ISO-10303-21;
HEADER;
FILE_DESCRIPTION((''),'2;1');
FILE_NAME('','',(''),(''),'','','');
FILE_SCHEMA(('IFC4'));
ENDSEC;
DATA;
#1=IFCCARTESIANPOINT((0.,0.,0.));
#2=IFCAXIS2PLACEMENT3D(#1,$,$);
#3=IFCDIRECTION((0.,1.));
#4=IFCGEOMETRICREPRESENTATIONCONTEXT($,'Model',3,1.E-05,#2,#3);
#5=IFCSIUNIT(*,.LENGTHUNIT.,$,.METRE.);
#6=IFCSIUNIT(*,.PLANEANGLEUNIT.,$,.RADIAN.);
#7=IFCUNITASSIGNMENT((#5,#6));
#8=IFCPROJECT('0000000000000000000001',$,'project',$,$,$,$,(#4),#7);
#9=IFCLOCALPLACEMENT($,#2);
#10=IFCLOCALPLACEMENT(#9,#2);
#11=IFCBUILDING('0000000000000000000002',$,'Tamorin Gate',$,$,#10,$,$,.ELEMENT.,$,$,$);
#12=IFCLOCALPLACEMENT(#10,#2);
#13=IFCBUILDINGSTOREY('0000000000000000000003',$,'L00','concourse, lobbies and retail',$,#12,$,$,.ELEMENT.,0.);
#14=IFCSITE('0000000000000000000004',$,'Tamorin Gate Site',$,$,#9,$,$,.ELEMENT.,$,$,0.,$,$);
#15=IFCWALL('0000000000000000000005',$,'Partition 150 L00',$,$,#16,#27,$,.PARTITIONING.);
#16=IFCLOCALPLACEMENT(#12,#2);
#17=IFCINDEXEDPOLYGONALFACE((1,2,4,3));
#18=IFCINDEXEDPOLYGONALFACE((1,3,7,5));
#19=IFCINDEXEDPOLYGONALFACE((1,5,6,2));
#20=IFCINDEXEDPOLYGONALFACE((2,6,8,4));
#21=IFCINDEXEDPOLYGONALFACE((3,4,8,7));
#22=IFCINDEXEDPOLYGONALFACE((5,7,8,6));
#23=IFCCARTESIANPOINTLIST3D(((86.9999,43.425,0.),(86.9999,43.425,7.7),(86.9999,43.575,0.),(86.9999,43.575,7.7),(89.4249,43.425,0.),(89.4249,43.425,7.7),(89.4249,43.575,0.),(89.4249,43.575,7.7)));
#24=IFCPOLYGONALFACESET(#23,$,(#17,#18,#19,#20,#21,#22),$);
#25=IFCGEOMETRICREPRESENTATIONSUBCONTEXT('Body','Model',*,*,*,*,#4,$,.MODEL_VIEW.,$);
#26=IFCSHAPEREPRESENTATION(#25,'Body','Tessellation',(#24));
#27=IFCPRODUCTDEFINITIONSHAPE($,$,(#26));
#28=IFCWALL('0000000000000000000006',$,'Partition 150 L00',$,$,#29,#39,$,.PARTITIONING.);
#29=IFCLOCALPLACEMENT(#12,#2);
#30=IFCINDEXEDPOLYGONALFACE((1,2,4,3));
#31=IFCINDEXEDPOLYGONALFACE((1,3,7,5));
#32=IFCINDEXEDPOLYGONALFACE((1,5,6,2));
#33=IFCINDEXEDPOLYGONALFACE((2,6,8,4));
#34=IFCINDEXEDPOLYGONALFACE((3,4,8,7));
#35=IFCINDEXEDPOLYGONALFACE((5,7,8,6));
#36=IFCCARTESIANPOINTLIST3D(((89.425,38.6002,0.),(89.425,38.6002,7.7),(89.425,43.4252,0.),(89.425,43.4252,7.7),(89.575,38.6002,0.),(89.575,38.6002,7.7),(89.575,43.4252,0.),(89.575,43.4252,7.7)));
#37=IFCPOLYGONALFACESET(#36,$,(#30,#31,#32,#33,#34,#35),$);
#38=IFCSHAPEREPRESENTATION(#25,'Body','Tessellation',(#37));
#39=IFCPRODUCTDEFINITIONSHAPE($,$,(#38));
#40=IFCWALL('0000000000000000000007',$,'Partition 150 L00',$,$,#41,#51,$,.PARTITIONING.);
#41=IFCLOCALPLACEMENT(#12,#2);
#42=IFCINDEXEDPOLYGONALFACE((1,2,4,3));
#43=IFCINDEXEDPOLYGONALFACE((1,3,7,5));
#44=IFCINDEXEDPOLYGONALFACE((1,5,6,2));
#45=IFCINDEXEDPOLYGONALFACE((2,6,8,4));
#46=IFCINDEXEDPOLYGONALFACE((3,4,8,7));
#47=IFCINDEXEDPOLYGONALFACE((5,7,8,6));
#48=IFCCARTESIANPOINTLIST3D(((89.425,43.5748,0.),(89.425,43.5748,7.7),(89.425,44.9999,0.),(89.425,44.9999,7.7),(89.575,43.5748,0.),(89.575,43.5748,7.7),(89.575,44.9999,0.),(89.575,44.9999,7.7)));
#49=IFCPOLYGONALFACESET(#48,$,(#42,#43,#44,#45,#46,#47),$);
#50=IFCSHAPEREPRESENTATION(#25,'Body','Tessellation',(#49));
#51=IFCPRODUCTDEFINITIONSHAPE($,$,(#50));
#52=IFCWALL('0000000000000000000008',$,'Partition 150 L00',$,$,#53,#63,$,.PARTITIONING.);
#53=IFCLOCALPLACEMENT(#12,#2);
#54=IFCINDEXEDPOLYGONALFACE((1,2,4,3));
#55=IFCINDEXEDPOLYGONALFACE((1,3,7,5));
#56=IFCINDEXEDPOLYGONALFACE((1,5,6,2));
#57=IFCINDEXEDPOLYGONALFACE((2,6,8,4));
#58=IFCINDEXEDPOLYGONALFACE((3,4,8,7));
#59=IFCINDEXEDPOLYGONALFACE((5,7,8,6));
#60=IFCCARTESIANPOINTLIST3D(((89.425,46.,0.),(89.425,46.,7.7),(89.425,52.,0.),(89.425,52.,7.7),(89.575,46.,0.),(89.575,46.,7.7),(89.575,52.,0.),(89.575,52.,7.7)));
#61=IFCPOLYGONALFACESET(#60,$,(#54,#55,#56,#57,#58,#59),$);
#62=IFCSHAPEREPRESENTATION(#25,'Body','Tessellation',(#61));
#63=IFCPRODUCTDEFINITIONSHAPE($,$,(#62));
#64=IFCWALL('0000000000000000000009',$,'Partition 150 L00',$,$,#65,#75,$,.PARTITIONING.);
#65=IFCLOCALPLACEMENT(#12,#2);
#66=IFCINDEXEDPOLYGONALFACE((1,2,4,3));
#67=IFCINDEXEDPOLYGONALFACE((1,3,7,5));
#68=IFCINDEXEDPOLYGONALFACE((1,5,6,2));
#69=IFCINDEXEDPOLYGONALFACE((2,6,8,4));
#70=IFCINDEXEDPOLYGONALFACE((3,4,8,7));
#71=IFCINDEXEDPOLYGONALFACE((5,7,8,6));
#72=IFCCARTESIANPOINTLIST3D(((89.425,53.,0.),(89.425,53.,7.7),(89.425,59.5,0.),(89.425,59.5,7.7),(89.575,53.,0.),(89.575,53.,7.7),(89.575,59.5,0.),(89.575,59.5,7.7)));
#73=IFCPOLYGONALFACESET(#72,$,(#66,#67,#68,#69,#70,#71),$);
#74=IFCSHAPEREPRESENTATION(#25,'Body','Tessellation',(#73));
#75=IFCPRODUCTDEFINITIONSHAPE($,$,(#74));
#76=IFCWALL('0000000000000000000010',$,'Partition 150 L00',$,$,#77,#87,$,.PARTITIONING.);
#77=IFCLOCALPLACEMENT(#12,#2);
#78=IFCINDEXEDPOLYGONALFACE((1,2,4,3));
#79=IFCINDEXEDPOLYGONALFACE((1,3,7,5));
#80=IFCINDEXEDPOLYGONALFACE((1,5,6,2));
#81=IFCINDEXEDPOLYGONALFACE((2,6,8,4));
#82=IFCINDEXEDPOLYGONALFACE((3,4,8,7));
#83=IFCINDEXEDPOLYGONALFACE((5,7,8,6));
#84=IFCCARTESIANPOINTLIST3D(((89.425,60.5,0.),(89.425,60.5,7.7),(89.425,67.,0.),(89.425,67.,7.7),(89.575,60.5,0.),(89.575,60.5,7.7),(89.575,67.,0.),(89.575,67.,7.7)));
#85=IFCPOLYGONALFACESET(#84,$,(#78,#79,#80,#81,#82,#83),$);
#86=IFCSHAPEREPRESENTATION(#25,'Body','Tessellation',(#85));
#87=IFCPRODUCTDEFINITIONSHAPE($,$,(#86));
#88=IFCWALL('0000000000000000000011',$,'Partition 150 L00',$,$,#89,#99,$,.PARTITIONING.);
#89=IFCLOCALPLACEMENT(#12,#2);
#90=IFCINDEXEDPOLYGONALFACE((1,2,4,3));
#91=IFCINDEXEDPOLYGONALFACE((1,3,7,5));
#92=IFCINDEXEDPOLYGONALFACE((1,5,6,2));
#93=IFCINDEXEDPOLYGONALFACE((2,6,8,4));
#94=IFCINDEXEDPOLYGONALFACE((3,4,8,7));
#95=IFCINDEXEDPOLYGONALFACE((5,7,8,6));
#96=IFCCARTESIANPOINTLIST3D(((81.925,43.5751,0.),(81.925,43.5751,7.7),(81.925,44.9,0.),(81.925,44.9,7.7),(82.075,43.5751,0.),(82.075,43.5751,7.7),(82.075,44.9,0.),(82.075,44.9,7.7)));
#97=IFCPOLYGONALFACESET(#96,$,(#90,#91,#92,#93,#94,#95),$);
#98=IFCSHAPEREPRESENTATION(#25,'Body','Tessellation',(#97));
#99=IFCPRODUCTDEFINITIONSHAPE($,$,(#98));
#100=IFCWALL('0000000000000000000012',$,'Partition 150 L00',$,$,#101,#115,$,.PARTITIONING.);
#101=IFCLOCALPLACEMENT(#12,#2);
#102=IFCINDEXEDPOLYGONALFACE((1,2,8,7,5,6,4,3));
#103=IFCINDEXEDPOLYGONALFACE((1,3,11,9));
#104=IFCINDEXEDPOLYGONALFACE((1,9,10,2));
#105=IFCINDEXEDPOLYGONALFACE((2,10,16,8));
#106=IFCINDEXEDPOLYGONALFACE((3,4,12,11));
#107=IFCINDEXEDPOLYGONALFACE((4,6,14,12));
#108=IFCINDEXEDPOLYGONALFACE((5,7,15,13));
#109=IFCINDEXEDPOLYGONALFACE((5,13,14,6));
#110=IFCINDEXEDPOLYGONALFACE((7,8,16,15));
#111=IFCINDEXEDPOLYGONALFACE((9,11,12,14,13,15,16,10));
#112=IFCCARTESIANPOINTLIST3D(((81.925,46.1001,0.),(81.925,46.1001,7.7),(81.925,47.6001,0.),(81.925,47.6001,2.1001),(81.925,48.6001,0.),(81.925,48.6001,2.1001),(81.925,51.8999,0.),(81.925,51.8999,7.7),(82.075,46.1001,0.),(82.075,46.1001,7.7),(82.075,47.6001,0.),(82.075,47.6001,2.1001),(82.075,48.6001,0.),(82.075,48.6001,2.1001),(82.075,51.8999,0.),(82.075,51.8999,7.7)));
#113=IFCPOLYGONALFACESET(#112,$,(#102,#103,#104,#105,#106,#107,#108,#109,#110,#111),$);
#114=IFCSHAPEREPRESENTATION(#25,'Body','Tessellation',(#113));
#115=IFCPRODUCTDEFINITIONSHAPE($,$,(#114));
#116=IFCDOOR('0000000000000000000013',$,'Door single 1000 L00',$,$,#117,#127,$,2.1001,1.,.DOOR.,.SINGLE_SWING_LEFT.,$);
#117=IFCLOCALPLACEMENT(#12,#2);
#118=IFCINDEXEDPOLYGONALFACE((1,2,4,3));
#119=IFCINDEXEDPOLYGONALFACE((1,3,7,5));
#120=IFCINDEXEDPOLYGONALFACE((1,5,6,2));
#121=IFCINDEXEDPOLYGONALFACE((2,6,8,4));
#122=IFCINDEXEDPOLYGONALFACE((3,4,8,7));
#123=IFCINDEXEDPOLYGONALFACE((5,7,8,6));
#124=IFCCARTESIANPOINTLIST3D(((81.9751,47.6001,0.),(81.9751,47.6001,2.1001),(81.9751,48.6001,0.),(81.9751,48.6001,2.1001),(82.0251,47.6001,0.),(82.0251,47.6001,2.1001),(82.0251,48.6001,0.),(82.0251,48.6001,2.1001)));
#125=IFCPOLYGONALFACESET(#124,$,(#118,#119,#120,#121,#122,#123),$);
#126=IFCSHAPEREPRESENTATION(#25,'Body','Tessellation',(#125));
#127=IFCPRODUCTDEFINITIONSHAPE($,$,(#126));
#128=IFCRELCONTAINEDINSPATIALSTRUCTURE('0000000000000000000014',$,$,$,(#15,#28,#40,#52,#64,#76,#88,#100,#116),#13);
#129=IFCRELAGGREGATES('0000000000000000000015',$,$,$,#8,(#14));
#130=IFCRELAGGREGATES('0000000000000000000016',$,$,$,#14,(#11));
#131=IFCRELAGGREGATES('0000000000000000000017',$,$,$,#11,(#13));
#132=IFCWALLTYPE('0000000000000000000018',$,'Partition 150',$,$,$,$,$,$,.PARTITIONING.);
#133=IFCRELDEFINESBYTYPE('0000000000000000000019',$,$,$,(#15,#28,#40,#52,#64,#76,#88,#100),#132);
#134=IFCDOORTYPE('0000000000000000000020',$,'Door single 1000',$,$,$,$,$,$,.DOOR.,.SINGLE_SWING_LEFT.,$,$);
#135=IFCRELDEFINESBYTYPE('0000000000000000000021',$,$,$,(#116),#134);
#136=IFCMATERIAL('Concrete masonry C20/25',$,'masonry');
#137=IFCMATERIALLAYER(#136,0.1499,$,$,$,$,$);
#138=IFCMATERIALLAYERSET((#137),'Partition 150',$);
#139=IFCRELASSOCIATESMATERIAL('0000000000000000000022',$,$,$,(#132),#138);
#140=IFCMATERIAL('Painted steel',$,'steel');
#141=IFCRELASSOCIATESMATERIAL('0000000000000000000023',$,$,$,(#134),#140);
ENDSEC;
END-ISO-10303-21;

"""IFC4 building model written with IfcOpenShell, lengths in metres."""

from ifc_helpers import new_model, si_unit, direction, frame, frame_2d, origin, place, context, subcontext, project, spatial, rectangle, extrude, material, layer, layer_set, type_object, element, fill, save


model = new_model("IFC4")

# Units and contexts
model_context = context("Model", 3, precision=1e-05, world=origin(), true_north=direction((0.0, 1.0)))
body_context = subcontext(model_context, "Body", "Model", "MODEL_VIEW")
ifc_project = project(units=[si_unit("LENGTHUNIT", "METRE"), si_unit("PLANEANGLEUNIT", "RADIAN")], contexts=[model_context])

# Site, building, storey
site_placement = place(None, origin())
site = spatial("IfcSite", under=ifc_project, at=site_placement, Name="Tamorin Gate Site", CompositionType="ELEMENT", RefElevation=0.0)
building_placement = place(site_placement, origin())
building = spatial("IfcBuilding", under=site, at=building_placement, Name="Tamorin Gate", CompositionType="ELEMENT")
storey_placement = place(building_placement, origin())
storey = spatial("IfcBuildingStorey", under=building, at=storey_placement, Name="L00", Description="concourse, lobbies and retail", CompositionType="ELEMENT", Elevation=0.0)

# Shared definitions
ifc_material_1 = material(Name="Concrete masonry C20/25", Category="masonry")
ifc_layer = layer(ifc_material_1, 0.1499)
ifc_layer_set = layer_set([ifc_layer], Name="Partition 150")
wall_type = type_object("IfcWallType", Name="Partition 150", PredefinedType="PARTITIONING", material=ifc_layer_set)

# Walls
wall_1_placement = place(storey_placement, frame((87.0, 43.5, 0.0), z_axis=(0.0, 0.0, 1.0), x_axis=(1.0, 0.0, 0.0)))
element("IfcWall", 1, at=wall_1_placement, inside=storey, type_object=wall_type, Name="Partition 150 L00", PredefinedType="PARTITIONING", context=body_context, shape_type="SweptSolid", body=[
    extrude(rectangle(XDim=2.425, YDim=0.1499, at=frame_2d((1.2124, 0.0))), origin(), (0.0, 0.0, 1.0), 7.7),
])
wall_2_placement = place(storey_placement, frame((89.5, 38.6001, 0.0), z_axis=(0.0, 0.0, 1.0), x_axis=(0.0, 1.0, 0.0)))
element("IfcWall", 2, at=wall_2_placement, inside=storey, type_object=wall_type, Name="Partition 150 L00", PredefinedType="PARTITIONING", context=body_context, shape_type="SweptSolid", body=[
    extrude(rectangle(XDim=4.825, YDim=0.1499, at=frame_2d((2.4126, 0.0))), origin(), (0.0, 0.0, 1.0), 7.7),
])
wall_3_placement = place(storey_placement, frame((89.5, 43.575, 0.0), z_axis=(0.0, 0.0, 1.0), x_axis=(0.0, 1.0, 0.0)))
element("IfcWall", 3, at=wall_3_placement, inside=storey, type_object=wall_type, Name="Partition 150 L00", PredefinedType="PARTITIONING", context=body_context, shape_type="SweptSolid", body=[
    extrude(rectangle(XDim=1.425, YDim=0.1499, at=frame_2d((0.7124, 0.0))), origin(), (0.0, 0.0, 1.0), 7.7),
])
wall_4_placement = place(storey_placement, frame((89.5, 46.0, 0.0), z_axis=(0.0, 0.0, 1.0), x_axis=(0.0, 1.0, 0.0)))
element("IfcWall", 4, at=wall_4_placement, inside=storey, type_object=wall_type, Name="Partition 150 L00", PredefinedType="PARTITIONING", context=body_context, shape_type="SweptSolid", body=[
    extrude(rectangle(XDim=6.0, YDim=0.1499, at=frame_2d((3.0, 0.0))), origin(), (0.0, 0.0, 1.0), 7.7),
])
for number, where, z_axis, x_axis, name in (
    (5, (89.5, 53.0, 0.0), (0.0, 0.0, 1.0), (0.0, 1.0, 0.0), "Partition 150 L00"),
    (6, (89.5, 60.5, 0.0), (0.0, 0.0, 1.0), (0.0, 1.0, 0.0), "Partition 150 L00"),
):
    element("IfcWall", number, at=place(storey_placement, frame(where, z_axis=z_axis, x_axis=x_axis)), inside=storey, type_object=wall_type, Name=name, PredefinedType="PARTITIONING", context=body_context, shape_type="SweptSolid", body=[
        extrude(rectangle(XDim=6.5, YDim=0.1499, at=frame_2d((3.25, 0.0))), origin(), (0.0, 0.0, 1.0), 7.7),
    ])
wall_5_placement = place(storey_placement, frame((82.0, 43.575, 0.0), z_axis=(0.0, 0.0, 1.0), x_axis=(0.0, 1.0, 0.0)))
element("IfcWall", 7, at=wall_5_placement, inside=storey, type_object=wall_type, Name="Partition 150 L00", PredefinedType="PARTITIONING", context=body_context, shape_type="SweptSolid", body=[
    extrude(rectangle(XDim=1.325, YDim=0.1499, at=frame_2d((0.6626, 0.0))), origin(), (0.0, 0.0, 1.0), 7.7),
])

# Wall, opening, door
wall_6_placement = place(storey_placement, frame((82.0, 46.1001, 0.0), z_axis=(0.0, 0.0, 1.0), x_axis=(0.0, 1.0, 0.0)))
wall_6 = element("IfcWall", 8, at=wall_6_placement, inside=storey, type_object=wall_type, Name="Partition 150 L00", PredefinedType="PARTITIONING", context=body_context, shape_type="SweptSolid", body=[
    extrude(rectangle(XDim=5.7998, YDim=0.1499, at=frame_2d((2.8999, 0.0))), origin(), (0.0, 0.0, 1.0), 7.7),
])
opening_1_placement = place(wall_6_placement, frame((1.5, 0.0, 0.0)))
opening_1 = element("IfcOpeningElement", 9, at=opening_1_placement, cuts=wall_6, PredefinedType="OPENING", context=body_context, shape_type="SweptSolid", body=[
    extrude(rectangle(XDim=1.0, YDim=2.1001, at=frame_2d((0.5, 1.05))), frame((0.0, 0.085, 0.0), z_axis=(0.0, -1.0, 0.0), x_axis=(1.0, 0.0, 0.0)), (0.0, 0.0, 1.0), 0.1699),
])
ifc_material_2 = material(Name="Painted steel", Category="steel")
door_type_1 = type_object("IfcDoorType", Name="Door single 1000", OperationType="SINGLE_SWING_LEFT", PredefinedType="DOOR", material=ifc_material_2)
door_1_placement = place(opening_1_placement, origin())
door_1 = element("IfcDoor", 10, at=door_1_placement, inside=storey, type_object=door_type_1, Name="Door single 1000 L00", OperationType="SINGLE_SWING_LEFT", OverallHeight=2.1001, OverallWidth=1.0, PredefinedType="DOOR", context=body_context, shape_type="SweptSolid", body=[
    extrude(rectangle(XDim=1.0, YDim=2.1001, at=frame_2d((0.5, 1.05))), frame((0.0, 0.0249, 0.0), z_axis=(0.0, -1.0, 0.0), x_axis=(1.0, 0.0, 0.0)), (0.0, 0.0, 1.0), 0.05),
])
fill(opening_1, door_1)

save(model, "model.ifc")
